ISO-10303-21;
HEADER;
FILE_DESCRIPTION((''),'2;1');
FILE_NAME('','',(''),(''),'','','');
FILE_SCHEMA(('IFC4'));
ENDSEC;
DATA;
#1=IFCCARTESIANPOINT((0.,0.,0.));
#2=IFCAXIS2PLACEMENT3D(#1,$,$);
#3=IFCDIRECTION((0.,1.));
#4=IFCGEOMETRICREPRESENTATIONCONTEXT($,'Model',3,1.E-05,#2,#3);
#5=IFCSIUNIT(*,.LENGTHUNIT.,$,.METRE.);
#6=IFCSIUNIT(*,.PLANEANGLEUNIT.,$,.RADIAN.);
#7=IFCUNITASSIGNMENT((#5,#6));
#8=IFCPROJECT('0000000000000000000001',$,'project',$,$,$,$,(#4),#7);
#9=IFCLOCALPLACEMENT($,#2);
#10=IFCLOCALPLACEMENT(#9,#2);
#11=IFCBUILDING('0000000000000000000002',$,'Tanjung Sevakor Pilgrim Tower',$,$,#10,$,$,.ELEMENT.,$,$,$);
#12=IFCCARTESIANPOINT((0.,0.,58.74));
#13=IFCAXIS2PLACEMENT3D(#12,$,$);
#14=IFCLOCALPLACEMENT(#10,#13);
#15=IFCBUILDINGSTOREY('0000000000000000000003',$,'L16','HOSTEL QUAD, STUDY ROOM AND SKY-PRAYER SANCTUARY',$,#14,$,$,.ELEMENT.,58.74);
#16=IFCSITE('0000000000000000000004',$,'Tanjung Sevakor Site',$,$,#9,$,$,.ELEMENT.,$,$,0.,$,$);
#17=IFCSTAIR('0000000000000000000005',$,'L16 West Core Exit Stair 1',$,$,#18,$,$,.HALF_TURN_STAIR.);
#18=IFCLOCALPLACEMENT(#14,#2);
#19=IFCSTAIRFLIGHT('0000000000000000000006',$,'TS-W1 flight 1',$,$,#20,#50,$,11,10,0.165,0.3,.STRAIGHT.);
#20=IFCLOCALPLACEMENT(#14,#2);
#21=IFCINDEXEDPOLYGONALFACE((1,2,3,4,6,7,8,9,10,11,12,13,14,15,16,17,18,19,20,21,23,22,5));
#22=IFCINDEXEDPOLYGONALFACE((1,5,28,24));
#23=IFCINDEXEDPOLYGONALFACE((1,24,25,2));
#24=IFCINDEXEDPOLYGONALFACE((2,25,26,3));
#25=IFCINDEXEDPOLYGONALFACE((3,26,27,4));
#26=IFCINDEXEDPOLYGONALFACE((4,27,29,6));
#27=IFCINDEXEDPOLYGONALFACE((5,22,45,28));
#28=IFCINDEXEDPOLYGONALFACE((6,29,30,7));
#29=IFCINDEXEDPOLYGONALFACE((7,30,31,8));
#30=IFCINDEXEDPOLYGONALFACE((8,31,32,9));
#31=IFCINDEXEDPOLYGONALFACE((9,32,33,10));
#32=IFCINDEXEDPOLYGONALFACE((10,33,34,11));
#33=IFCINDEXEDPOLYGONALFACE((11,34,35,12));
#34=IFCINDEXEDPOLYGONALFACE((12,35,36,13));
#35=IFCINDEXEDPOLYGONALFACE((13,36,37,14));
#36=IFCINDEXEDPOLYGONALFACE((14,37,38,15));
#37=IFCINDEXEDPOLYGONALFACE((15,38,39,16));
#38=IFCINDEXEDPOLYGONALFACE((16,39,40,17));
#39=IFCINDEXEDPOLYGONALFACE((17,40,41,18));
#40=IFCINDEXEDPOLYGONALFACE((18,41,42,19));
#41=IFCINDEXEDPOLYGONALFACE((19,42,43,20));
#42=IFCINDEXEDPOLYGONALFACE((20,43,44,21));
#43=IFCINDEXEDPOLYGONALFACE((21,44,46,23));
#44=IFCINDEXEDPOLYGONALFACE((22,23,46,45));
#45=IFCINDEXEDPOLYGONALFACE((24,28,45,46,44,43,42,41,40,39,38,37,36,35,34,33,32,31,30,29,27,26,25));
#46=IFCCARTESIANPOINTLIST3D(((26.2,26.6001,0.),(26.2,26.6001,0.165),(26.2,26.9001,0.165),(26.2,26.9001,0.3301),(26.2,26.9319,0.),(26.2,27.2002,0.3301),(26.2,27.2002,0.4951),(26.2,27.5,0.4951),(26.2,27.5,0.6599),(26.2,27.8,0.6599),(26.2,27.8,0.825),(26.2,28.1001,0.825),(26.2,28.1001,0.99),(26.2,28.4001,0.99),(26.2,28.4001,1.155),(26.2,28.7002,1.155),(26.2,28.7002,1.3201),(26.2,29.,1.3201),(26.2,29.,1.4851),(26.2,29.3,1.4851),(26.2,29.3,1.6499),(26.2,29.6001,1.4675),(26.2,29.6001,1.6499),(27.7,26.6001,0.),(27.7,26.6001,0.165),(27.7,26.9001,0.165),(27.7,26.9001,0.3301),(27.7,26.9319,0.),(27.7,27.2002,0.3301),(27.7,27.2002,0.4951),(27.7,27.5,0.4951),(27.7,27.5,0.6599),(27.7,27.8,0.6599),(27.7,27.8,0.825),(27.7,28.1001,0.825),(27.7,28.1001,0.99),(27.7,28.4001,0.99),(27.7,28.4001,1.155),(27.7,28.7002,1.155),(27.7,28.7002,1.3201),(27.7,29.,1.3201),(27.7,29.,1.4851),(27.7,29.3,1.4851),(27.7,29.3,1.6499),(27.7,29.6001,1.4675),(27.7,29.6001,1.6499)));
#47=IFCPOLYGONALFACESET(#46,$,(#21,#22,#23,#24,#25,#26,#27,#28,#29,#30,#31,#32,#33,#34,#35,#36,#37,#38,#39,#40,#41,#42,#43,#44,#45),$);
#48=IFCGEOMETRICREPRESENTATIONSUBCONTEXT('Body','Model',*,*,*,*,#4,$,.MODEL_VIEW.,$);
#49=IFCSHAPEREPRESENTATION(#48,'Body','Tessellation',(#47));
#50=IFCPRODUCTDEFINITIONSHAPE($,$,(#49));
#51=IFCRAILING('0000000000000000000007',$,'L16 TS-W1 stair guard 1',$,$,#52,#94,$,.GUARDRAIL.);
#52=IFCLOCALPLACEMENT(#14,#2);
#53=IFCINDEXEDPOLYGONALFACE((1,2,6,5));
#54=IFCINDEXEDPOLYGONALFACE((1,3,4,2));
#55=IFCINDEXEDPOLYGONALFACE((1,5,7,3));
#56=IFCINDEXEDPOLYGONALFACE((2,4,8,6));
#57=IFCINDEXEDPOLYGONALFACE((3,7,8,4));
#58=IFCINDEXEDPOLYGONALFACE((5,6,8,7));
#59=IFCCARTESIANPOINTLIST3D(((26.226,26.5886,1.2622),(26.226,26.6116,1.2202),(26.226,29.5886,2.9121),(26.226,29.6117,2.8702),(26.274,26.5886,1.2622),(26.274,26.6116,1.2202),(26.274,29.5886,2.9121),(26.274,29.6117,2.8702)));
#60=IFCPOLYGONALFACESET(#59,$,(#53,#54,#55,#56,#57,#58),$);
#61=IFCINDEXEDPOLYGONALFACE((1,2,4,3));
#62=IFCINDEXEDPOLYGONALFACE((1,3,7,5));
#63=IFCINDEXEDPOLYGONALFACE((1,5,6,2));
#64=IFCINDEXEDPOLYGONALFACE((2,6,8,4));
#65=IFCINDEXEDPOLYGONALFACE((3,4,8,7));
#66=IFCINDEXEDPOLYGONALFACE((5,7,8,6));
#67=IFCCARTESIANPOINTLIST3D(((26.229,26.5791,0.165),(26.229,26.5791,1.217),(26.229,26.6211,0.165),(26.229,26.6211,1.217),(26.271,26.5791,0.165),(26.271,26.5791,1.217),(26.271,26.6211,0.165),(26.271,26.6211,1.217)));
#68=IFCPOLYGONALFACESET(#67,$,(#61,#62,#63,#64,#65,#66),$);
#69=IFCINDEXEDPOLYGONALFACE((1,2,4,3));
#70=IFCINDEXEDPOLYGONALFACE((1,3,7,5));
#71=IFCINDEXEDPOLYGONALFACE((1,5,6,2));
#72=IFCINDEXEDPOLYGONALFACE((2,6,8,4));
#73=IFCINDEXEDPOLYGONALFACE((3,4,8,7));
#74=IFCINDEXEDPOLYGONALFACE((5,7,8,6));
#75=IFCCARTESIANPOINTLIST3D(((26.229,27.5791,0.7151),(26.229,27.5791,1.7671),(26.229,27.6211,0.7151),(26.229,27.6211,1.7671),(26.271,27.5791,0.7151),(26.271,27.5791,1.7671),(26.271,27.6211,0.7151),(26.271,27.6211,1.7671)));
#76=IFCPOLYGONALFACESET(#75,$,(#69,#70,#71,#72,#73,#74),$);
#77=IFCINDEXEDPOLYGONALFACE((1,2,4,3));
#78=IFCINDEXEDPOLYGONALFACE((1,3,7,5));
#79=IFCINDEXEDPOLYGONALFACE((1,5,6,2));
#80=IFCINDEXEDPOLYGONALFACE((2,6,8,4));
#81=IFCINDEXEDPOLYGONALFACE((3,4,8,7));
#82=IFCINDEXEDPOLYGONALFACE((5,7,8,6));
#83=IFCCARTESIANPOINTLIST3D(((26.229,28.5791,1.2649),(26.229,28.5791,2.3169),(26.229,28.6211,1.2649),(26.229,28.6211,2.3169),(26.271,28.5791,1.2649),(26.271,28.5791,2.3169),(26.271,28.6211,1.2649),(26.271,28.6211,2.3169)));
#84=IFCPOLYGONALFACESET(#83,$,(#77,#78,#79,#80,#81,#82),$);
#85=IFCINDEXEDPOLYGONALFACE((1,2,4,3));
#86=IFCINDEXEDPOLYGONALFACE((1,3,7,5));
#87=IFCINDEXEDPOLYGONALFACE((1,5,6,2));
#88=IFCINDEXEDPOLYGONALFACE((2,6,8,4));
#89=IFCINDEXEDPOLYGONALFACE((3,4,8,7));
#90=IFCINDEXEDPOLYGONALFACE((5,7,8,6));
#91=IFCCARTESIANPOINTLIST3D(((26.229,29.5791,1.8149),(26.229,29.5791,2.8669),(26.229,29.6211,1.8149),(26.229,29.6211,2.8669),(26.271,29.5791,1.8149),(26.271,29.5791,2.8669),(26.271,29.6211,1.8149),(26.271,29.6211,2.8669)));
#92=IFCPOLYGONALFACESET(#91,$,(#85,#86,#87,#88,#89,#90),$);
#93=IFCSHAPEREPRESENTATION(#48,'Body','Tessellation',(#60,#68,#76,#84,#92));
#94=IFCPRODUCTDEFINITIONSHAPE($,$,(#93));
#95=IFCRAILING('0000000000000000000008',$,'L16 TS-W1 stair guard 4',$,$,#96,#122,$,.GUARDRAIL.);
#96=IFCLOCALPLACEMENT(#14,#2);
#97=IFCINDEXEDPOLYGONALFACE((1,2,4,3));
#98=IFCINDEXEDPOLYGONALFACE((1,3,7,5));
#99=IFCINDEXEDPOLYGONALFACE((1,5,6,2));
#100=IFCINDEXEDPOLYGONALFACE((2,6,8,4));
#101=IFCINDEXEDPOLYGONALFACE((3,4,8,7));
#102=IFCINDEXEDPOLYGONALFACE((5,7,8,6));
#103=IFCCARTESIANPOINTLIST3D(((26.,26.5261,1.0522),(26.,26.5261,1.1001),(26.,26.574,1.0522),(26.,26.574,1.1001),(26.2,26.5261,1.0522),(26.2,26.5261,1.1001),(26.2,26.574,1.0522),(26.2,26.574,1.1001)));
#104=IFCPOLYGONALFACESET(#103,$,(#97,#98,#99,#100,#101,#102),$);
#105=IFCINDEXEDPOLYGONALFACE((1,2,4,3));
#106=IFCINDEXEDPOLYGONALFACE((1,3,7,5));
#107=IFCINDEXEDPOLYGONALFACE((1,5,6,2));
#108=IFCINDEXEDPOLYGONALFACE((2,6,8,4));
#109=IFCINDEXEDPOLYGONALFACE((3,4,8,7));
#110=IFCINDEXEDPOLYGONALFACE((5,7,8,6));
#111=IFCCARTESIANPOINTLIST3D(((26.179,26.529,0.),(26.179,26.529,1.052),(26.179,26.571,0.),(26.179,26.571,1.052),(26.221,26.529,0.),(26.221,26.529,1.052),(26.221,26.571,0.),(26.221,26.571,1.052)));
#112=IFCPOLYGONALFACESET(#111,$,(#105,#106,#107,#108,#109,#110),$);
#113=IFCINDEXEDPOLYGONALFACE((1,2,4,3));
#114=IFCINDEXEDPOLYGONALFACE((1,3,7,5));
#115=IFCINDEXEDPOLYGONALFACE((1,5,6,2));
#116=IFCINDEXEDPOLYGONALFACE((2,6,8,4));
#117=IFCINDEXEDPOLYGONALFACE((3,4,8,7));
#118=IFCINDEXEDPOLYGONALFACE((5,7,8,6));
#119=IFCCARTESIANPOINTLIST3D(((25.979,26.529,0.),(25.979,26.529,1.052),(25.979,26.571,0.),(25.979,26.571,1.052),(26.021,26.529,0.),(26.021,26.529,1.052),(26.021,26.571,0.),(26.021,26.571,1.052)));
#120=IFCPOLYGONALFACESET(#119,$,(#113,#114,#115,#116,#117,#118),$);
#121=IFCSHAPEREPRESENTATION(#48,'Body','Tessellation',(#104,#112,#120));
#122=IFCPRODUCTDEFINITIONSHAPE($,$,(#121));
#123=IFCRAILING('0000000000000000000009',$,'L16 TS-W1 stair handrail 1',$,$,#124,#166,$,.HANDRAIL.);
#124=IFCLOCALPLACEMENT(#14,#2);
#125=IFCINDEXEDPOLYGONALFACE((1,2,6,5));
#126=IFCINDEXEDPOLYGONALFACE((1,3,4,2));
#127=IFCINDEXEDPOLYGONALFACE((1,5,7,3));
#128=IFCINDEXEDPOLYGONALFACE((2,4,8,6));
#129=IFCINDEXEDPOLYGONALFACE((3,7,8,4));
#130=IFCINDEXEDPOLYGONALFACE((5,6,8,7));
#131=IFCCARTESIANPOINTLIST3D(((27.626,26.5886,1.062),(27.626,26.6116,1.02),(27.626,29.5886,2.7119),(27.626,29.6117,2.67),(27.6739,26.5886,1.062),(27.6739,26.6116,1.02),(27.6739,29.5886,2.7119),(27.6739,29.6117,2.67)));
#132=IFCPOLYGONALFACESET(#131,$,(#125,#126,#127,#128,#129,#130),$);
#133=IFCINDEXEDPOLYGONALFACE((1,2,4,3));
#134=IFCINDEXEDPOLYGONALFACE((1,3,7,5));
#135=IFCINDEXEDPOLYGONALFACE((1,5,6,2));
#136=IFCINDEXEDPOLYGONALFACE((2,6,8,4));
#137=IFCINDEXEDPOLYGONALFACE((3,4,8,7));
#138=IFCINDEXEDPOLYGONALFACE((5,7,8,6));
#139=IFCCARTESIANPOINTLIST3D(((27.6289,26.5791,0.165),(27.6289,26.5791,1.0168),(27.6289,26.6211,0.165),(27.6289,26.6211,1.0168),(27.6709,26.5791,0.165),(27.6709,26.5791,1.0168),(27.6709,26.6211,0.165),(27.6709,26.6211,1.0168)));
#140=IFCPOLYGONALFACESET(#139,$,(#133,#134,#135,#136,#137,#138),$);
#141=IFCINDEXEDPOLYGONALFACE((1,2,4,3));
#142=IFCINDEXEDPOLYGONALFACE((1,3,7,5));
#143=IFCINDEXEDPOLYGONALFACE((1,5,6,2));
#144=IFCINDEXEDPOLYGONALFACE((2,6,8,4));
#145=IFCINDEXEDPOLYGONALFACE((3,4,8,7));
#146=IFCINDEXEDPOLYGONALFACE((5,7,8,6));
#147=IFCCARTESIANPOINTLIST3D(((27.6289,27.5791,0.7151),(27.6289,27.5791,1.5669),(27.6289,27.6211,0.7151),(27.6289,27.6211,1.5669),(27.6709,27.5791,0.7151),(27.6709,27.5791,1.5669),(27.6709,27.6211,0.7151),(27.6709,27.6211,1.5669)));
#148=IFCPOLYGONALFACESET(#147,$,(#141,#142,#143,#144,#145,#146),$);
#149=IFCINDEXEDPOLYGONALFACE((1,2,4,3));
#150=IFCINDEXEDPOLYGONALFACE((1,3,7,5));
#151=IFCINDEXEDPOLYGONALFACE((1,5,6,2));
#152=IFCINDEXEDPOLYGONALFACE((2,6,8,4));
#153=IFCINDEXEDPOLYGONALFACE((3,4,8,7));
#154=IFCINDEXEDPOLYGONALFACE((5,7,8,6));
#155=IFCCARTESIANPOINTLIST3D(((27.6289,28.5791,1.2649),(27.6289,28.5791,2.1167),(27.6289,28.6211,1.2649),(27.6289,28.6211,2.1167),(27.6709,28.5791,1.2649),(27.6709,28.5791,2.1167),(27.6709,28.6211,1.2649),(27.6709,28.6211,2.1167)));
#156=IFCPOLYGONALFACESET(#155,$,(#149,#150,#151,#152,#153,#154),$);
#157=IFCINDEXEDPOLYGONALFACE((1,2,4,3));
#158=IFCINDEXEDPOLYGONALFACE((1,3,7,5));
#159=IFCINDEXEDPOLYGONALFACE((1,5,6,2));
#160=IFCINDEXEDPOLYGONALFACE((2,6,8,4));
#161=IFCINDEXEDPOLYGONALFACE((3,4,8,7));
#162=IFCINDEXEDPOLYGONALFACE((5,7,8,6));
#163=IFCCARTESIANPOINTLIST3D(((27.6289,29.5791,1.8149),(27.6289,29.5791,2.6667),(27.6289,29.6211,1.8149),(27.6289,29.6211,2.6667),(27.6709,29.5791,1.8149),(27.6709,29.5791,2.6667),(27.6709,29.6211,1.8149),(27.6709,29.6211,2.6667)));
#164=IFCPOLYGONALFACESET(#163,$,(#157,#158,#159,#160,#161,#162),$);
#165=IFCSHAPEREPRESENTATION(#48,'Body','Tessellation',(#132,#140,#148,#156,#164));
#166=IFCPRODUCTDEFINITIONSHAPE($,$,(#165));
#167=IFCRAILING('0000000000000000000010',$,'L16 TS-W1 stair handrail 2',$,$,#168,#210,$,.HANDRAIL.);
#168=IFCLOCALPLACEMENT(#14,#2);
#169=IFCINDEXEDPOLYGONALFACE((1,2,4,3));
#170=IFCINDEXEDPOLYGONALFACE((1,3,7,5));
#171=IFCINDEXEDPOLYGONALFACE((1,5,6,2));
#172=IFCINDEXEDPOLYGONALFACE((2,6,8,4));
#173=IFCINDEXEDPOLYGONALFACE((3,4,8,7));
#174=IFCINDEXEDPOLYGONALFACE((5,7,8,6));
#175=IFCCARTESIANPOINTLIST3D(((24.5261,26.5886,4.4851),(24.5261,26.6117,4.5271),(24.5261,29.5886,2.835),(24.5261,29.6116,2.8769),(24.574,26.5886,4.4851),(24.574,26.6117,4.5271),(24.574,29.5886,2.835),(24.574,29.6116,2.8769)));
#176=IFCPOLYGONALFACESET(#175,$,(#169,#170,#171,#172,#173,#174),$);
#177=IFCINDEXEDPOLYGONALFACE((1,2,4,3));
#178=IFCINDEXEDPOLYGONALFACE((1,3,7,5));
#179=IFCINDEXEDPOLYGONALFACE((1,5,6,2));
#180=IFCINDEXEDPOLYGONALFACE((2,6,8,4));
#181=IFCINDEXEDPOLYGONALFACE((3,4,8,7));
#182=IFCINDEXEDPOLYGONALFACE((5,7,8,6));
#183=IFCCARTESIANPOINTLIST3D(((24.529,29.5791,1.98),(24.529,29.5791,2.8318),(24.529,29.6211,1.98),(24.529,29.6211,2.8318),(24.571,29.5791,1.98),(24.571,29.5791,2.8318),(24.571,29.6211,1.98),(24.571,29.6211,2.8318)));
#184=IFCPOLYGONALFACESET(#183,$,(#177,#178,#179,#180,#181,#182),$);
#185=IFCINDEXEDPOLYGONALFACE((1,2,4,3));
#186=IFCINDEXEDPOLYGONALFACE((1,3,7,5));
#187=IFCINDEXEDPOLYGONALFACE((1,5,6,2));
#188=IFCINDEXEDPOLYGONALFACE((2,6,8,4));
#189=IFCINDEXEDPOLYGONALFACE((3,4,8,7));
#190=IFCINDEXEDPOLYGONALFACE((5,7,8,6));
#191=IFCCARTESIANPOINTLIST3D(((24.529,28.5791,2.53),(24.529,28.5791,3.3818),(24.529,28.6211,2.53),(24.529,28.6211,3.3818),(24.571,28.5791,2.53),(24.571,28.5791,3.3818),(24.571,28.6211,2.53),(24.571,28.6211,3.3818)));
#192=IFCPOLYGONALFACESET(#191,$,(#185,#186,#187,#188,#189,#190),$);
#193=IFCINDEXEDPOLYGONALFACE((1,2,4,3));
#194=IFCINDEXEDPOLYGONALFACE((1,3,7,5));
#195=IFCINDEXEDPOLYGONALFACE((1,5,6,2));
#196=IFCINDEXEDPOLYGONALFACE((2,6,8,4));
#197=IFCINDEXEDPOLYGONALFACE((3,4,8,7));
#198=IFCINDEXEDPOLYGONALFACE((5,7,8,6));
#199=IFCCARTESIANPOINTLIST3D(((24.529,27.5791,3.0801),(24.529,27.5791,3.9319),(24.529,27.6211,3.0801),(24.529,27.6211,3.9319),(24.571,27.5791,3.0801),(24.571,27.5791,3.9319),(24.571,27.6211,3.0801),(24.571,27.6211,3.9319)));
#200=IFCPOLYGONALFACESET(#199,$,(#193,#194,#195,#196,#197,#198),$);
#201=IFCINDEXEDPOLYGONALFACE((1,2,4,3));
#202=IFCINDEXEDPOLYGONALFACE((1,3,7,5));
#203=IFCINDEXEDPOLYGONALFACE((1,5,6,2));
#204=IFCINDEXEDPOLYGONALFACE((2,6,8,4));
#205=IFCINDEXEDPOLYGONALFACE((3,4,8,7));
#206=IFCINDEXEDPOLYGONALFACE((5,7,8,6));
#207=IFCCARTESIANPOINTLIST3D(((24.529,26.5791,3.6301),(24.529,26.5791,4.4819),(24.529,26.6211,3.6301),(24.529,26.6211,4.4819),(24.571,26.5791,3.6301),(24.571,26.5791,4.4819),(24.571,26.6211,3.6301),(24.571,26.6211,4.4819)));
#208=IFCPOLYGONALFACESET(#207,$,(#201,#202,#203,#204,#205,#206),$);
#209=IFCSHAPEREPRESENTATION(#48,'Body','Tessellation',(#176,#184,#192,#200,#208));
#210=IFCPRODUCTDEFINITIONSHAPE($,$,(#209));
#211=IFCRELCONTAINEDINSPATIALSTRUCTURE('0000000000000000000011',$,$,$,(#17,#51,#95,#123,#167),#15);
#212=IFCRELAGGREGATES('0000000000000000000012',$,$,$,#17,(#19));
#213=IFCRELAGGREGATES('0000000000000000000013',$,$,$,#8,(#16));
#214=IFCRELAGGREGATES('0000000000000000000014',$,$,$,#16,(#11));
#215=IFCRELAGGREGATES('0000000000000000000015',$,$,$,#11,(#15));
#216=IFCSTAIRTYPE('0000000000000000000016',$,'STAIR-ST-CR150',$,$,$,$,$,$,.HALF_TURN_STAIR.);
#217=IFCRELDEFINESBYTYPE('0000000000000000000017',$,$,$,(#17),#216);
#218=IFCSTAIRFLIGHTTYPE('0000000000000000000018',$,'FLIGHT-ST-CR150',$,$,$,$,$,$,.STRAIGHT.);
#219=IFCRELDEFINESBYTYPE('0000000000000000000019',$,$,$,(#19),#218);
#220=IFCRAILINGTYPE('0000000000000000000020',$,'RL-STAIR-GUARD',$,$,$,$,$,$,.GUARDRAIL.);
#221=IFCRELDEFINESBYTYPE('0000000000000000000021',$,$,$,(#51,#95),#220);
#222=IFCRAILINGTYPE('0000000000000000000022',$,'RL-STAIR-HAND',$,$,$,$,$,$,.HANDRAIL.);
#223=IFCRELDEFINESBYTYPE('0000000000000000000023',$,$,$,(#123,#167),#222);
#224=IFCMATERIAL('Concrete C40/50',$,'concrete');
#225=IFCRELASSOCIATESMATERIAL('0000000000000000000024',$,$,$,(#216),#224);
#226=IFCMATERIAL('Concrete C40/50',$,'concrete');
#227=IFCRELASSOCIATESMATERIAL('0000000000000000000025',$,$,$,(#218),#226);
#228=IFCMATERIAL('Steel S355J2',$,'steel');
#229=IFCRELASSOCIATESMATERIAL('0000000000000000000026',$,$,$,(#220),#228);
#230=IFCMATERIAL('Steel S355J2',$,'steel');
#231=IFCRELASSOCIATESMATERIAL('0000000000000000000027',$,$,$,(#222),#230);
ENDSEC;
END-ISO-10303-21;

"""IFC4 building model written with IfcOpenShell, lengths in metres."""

from ifc_helpers import new_model, si_unit, direction, frame, origin, place, context, subcontext, project, spatial, polyline, rectangle, outline, extrude, material, type_object, element, aggregate, save


model = new_model("IFC4")

# Units and contexts
model_context = context("Model", 3, precision=1e-05, world=origin(), true_north=direction((0.0, 1.0)))
body_context = subcontext(model_context, "Body", "Model", "MODEL_VIEW")
ifc_project = project(units=[si_unit("LENGTHUNIT", "METRE"), si_unit("PLANEANGLEUNIT", "RADIAN")], contexts=[model_context])

# Site, building, storey
site_placement = place(None, origin())
site = spatial("IfcSite", under=ifc_project, at=site_placement, Name="Tanjung Sevakor Site", CompositionType="ELEMENT", RefElevation=0.0)
building_placement = place(site_placement, origin())
building = spatial("IfcBuilding", under=site, at=building_placement, Name="Tanjung Sevakor Pilgrim Tower", CompositionType="ELEMENT")
storey_placement = place(building_placement, frame((0.0, 0.0, 58.74)))
storey = spatial("IfcBuildingStorey", under=building, at=storey_placement, Name="L16", Description="HOSTEL QUAD, STUDY ROOM AND SKY-PRAYER SANCTUARY", CompositionType="ELEMENT", Elevation=58.74)

# Stair, stair flight
ifc_material_1 = material(Name="Concrete C40/50", Category="concrete")
stair_type = type_object("IfcStairType", Name="STAIR-ST-CR150", PredefinedType="HALF_TURN_STAIR", material=ifc_material_1)
stair_placement = place(storey_placement, origin())
stair = element("IfcStair", 1, at=stair_placement, inside=storey, type_object=stair_type, Name="L16 West Core Exit Stair 1", PredefinedType="HALF_TURN_STAIR")
ifc_material_2 = material(Name="Concrete C40/50", Category="concrete")
stair_flight_type = type_object("IfcStairFlightType", Name="FLIGHT-ST-CR150", PredefinedType="STRAIGHT", material=ifc_material_2)
stair_flight_placement = place(storey_placement, frame((26.95, 26.6001, 0.0), z_axis=(0.0, 0.0, 1.0), x_axis=(0.0, 1.0, 0.0)))
stair_flight = element("IfcStairFlight", 2, at=stair_flight_placement, type_object=stair_flight_type, Name="TS-W1 flight 1", NumberOfRisers=11, NumberOfTreads=10, PredefinedType="STRAIGHT", RiserHeight=0.165, TreadLength=0.3, context=body_context, shape_type="SweptSolid", body=[
    extrude(outline(polyline([(0.0, 0.0), (0.0, 0.165), (0.3, 0.165), (0.3, 0.3301), (0.6001, 0.3301), (0.6001, 0.4951), (0.8999, 0.4951), (0.8999, 0.6599), (1.2, 0.6599), (1.2, 0.825), (1.5, 0.825), (1.5, 0.99), (1.8, 0.99), (1.8, 1.155), (2.1001, 1.155), (2.1001, 1.3201), (2.3999, 1.3201), (2.3999, 1.4851), (2.7, 1.4851), (2.7, 1.6499), (3.0, 1.6499), (3.0, 1.8149), (3.0, 1.4675), (0.3318, 0.0), (0.0, 0.0)])), frame((0.0, 0.75, 0.0), z_axis=(0.0, -1.0, 0.0), x_axis=(1.0, 0.0, 0.0)), (0.0, 0.0, 1.0), 1.5),
])
aggregate(stair, [stair_flight])

# Railings
ifc_material_3 = material(Name="Steel S355J2", Category="steel")
railing_type_1 = type_object("IfcRailingType", Name="RL-STAIR-GUARD", PredefinedType="GUARDRAIL", material=ifc_material_3)
railing_1_placement = place(storey_placement, frame((26.25, 26.6001, 0.165)))
element("IfcRailing", 3, at=railing_1_placement, inside=storey, type_object=railing_type_1, Name="L16 TS-W1 stair guard 1", PredefinedType="GUARDRAIL", context=body_context, shape_type="SweptSolid", body=[
    extrude(rectangle(XDim=0.0479, YDim=0.0479), frame((0.0, 0.0, 1.0762), z_axis=(0.0, 0.876228, 0.481897), x_axis=(-1.0, 0.0, 0.0)), (0.0, 0.0, 1.0), 3.4238),
    extrude(rectangle(XDim=0.042, YDim=0.042), origin(), (0.0, 0.0, 1.0), 1.052),
    extrude(rectangle(XDim=0.042, YDim=0.042), frame((0.0, 1.0, 0.55)), (0.0, 0.0, 1.0), 1.052),
    extrude(rectangle(XDim=0.042, YDim=0.042), frame((0.0, 2.0, 1.0999)), (0.0, 0.0, 1.0), 1.052),
    extrude(rectangle(XDim=0.042, YDim=0.042), frame((0.0, 3.0, 1.6499)), (0.0, 0.0, 1.0), 1.052),
])
railing_2_placement = place(storey_placement, frame((26.2, 26.55, 0.0)))
element("IfcRailing", 4, at=railing_2_placement, inside=storey, type_object=railing_type_1, Name="L16 TS-W1 stair guard 4", PredefinedType="GUARDRAIL", context=body_context, shape_type="SweptSolid", body=[
    extrude(rectangle(XDim=0.0479, YDim=0.0479), frame((0.0, 0.0, 1.0762), z_axis=(-1.0, 0.0, 0.0), x_axis=(0.0, -1.0, 0.0)), (0.0, 0.0, 1.0), 0.2),
    extrude(rectangle(XDim=0.042, YDim=0.042), origin(), (0.0, 0.0, 1.0), 1.052),
    extrude(rectangle(XDim=0.042, YDim=0.042), frame((-0.2, 0.0, 0.0)), (0.0, 0.0, 1.0), 1.052),
])
ifc_material_4 = material(Name="Steel S355J2", Category="steel")
railing_type_2 = type_object("IfcRailingType", Name="RL-STAIR-HAND", PredefinedType="HANDRAIL", material=ifc_material_4)
railing_3_placement = place(storey_placement, frame((27.6499, 26.6001, 0.165)))
element("IfcRailing", 5, at=railing_3_placement, inside=storey, type_object=railing_type_2, Name="L16 TS-W1 stair handrail 1", PredefinedType="HANDRAIL", context=body_context, shape_type="SweptSolid", body=[
    extrude(rectangle(XDim=0.0479, YDim=0.0479), frame((0.0, 0.0, 0.876), z_axis=(0.0, 0.876228, 0.481897), x_axis=(-1.0, 0.0, 0.0)), (0.0, 0.0, 1.0), 3.4238),
    extrude(rectangle(XDim=0.042, YDim=0.042), origin(), (0.0, 0.0, 1.0), 0.8518),
    extrude(rectangle(XDim=0.042, YDim=0.042), frame((0.0, 1.0, 0.55)), (0.0, 0.0, 1.0), 0.8518),
    extrude(rectangle(XDim=0.042, YDim=0.042), frame((0.0, 2.0, 1.0999)), (0.0, 0.0, 1.0), 0.8518),
    extrude(rectangle(XDim=0.042, YDim=0.042), frame((0.0, 3.0, 1.6499)), (0.0, 0.0, 1.0), 0.8518),
])
railing_4_placement = place(storey_placement, frame((24.55, 29.6001, 1.98)))
element("IfcRailing", 6, at=railing_4_placement, inside=storey, type_object=railing_type_2, Name="L16 TS-W1 stair handrail 2", PredefinedType="HANDRAIL", context=body_context, shape_type="SweptSolid", body=[
    extrude(rectangle(XDim=0.0479, YDim=0.0479), frame((0.0, 0.0, 0.876), z_axis=(0.0, -0.876198, 0.481952), x_axis=(1.0, 0.0, 0.0)), (0.0, 0.0, 1.0), 3.4238),
    extrude(rectangle(XDim=0.042, YDim=0.042), origin(), (0.0, 0.0, 1.0), 0.8518),
    extrude(rectangle(XDim=0.042, YDim=0.042), frame((0.0, -1.0, 0.55)), (0.0, 0.0, 1.0), 0.8518),
    extrude(rectangle(XDim=0.042, YDim=0.042), frame((0.0, -2.0, 1.1001)), (0.0, 0.0, 1.0), 0.8518),
    extrude(rectangle(XDim=0.042, YDim=0.042), frame((0.0, -3.0, 1.6501)), (0.0, 0.0, 1.0), 0.8518),
])

save(model, "model.ifc")
